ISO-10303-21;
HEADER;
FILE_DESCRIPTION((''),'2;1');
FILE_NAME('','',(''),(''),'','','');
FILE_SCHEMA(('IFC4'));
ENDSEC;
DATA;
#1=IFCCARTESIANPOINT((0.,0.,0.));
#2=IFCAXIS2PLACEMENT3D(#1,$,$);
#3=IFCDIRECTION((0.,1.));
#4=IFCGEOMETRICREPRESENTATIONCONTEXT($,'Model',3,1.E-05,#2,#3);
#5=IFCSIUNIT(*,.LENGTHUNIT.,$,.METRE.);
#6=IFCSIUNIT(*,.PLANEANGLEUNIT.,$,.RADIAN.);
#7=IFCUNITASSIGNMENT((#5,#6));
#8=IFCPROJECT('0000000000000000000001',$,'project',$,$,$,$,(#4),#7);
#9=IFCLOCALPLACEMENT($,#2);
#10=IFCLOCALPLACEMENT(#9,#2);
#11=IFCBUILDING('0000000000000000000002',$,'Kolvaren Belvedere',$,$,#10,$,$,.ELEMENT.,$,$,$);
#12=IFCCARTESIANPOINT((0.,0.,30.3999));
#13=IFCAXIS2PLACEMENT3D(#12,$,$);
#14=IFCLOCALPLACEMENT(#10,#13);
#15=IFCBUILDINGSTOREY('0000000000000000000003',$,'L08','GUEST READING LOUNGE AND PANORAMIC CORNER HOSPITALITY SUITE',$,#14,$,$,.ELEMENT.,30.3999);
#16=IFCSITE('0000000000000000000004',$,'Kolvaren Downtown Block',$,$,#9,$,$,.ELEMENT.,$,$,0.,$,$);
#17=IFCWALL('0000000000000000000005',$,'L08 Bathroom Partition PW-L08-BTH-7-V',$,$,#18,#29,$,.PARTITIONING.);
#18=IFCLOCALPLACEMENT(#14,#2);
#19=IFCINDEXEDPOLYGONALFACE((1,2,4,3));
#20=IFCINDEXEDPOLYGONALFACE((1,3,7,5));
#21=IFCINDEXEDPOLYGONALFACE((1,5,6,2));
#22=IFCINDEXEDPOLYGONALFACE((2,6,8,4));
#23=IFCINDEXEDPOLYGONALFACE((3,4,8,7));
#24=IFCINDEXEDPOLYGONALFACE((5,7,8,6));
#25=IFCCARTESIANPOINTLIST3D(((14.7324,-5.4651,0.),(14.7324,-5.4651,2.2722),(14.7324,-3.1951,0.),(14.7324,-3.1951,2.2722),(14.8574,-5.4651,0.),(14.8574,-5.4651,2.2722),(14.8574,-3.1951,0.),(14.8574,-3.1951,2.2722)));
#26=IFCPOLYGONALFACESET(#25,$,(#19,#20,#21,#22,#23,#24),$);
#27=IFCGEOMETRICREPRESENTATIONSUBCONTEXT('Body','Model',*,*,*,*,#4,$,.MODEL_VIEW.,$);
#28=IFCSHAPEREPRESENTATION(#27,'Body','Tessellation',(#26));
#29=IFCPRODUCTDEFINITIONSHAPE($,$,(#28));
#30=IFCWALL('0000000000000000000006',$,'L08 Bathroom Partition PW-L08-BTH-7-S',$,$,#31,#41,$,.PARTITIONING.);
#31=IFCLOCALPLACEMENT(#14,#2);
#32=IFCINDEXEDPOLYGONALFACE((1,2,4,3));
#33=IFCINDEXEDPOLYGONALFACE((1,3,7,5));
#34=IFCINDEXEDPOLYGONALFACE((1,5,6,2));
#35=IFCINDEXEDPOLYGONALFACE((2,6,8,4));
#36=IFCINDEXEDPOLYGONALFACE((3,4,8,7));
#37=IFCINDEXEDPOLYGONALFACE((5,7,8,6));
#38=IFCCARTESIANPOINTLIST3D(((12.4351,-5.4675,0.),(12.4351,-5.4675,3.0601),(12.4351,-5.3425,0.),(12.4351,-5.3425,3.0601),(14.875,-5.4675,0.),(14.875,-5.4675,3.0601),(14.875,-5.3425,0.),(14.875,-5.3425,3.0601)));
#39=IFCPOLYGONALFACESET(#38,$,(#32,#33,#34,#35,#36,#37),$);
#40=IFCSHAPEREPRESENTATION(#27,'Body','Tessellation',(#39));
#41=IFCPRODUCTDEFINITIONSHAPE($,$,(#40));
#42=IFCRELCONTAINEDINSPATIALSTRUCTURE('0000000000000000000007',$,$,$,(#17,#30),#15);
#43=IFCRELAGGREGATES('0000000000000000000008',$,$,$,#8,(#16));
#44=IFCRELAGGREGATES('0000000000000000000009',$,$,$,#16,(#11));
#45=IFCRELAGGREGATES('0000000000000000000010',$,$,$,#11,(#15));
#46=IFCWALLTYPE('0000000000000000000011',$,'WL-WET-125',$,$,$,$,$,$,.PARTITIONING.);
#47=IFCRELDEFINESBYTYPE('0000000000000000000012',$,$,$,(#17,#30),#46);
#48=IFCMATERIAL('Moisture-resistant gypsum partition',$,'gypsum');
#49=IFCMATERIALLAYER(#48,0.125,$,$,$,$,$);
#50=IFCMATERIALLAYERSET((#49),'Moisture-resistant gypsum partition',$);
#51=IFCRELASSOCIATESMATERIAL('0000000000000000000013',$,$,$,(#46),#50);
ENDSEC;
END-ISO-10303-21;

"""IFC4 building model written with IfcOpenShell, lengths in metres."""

from ifc_helpers import new_model, si_unit, direction, frame, frame_2d, origin, place, context, subcontext, project, spatial, rectangle, extrude, material, layer, layer_set, type_object, element, save


model = new_model("IFC4")

# Units and contexts
model_context = context("Model", 3, precision=1e-05, world=origin(), true_north=direction((0.0, 1.0)))
body_context = subcontext(model_context, "Body", "Model", "MODEL_VIEW")
ifc_project = project(units=[si_unit("LENGTHUNIT", "METRE"), si_unit("PLANEANGLEUNIT", "RADIAN")], contexts=[model_context])

# Site, building, storey
site_placement = place(None, origin())
site = spatial("IfcSite", under=ifc_project, at=site_placement, Name="Kolvaren Downtown Block", CompositionType="ELEMENT", RefElevation=0.0)
building_placement = place(site_placement, origin())
building = spatial("IfcBuilding", under=site, at=building_placement, Name="Kolvaren Belvedere", CompositionType="ELEMENT")
storey_placement = place(building_placement, frame((0.0, 0.0, 30.3999)))
storey = spatial("IfcBuildingStorey", under=building, at=storey_placement, Name="L08", Description="GUEST READING LOUNGE AND PANORAMIC CORNER HOSPITALITY SUITE", CompositionType="ELEMENT", Elevation=30.3999)

# Shared definitions
ifc_material_1 = material(Name="Moisture-resistant gypsum partition", Category="gypsum")
ifc_layer_1 = layer(ifc_material_1, 0.125)
ifc_layer_set_1 = layer_set([ifc_layer_1], Name="Moisture-resistant gypsum partition")
wall_type_1 = type_object("IfcWallType", Name="WL-WET-125", PredefinedType="PARTITIONING", material=ifc_layer_set_1)

# Walls
wall_1_placement = place(storey_placement, frame((14.7949, -5.4651, 0.0), z_axis=(0.0, 0.0, 1.0), x_axis=(0.0, 1.0, 0.0)))
element("IfcWall", 1, at=wall_1_placement, inside=storey, type_object=wall_type_1, Name="L08 Bathroom Partition PW-L08-BTH-7-V", PredefinedType="PARTITIONING", context=body_context, shape_type="SweptSolid", body=[
    extrude(rectangle(XDim=2.27, YDim=0.125, at=frame_2d((1.135, 0.0))), origin(), (0.0, 0.0, 1.0), 2.2722),
])
wall_2_placement = place(storey_placement, frame((12.4351, -5.405, 0.0), z_axis=(0.0, 0.0, 1.0), x_axis=(1.0, 0.0, 0.0)))
element("IfcWall", 2, at=wall_2_placement, inside=storey, type_object=wall_type_1, Name="L08 Bathroom Partition PW-L08-BTH-7-S", PredefinedType="PARTITIONING", context=body_context, shape_type="SweptSolid", body=[
    extrude(rectangle(XDim=2.4399, YDim=0.125, at=frame_2d((1.22, 0.0))), origin(), (0.0, 0.0, 1.0), 3.0601),
])

save(model, "model.ifc")
